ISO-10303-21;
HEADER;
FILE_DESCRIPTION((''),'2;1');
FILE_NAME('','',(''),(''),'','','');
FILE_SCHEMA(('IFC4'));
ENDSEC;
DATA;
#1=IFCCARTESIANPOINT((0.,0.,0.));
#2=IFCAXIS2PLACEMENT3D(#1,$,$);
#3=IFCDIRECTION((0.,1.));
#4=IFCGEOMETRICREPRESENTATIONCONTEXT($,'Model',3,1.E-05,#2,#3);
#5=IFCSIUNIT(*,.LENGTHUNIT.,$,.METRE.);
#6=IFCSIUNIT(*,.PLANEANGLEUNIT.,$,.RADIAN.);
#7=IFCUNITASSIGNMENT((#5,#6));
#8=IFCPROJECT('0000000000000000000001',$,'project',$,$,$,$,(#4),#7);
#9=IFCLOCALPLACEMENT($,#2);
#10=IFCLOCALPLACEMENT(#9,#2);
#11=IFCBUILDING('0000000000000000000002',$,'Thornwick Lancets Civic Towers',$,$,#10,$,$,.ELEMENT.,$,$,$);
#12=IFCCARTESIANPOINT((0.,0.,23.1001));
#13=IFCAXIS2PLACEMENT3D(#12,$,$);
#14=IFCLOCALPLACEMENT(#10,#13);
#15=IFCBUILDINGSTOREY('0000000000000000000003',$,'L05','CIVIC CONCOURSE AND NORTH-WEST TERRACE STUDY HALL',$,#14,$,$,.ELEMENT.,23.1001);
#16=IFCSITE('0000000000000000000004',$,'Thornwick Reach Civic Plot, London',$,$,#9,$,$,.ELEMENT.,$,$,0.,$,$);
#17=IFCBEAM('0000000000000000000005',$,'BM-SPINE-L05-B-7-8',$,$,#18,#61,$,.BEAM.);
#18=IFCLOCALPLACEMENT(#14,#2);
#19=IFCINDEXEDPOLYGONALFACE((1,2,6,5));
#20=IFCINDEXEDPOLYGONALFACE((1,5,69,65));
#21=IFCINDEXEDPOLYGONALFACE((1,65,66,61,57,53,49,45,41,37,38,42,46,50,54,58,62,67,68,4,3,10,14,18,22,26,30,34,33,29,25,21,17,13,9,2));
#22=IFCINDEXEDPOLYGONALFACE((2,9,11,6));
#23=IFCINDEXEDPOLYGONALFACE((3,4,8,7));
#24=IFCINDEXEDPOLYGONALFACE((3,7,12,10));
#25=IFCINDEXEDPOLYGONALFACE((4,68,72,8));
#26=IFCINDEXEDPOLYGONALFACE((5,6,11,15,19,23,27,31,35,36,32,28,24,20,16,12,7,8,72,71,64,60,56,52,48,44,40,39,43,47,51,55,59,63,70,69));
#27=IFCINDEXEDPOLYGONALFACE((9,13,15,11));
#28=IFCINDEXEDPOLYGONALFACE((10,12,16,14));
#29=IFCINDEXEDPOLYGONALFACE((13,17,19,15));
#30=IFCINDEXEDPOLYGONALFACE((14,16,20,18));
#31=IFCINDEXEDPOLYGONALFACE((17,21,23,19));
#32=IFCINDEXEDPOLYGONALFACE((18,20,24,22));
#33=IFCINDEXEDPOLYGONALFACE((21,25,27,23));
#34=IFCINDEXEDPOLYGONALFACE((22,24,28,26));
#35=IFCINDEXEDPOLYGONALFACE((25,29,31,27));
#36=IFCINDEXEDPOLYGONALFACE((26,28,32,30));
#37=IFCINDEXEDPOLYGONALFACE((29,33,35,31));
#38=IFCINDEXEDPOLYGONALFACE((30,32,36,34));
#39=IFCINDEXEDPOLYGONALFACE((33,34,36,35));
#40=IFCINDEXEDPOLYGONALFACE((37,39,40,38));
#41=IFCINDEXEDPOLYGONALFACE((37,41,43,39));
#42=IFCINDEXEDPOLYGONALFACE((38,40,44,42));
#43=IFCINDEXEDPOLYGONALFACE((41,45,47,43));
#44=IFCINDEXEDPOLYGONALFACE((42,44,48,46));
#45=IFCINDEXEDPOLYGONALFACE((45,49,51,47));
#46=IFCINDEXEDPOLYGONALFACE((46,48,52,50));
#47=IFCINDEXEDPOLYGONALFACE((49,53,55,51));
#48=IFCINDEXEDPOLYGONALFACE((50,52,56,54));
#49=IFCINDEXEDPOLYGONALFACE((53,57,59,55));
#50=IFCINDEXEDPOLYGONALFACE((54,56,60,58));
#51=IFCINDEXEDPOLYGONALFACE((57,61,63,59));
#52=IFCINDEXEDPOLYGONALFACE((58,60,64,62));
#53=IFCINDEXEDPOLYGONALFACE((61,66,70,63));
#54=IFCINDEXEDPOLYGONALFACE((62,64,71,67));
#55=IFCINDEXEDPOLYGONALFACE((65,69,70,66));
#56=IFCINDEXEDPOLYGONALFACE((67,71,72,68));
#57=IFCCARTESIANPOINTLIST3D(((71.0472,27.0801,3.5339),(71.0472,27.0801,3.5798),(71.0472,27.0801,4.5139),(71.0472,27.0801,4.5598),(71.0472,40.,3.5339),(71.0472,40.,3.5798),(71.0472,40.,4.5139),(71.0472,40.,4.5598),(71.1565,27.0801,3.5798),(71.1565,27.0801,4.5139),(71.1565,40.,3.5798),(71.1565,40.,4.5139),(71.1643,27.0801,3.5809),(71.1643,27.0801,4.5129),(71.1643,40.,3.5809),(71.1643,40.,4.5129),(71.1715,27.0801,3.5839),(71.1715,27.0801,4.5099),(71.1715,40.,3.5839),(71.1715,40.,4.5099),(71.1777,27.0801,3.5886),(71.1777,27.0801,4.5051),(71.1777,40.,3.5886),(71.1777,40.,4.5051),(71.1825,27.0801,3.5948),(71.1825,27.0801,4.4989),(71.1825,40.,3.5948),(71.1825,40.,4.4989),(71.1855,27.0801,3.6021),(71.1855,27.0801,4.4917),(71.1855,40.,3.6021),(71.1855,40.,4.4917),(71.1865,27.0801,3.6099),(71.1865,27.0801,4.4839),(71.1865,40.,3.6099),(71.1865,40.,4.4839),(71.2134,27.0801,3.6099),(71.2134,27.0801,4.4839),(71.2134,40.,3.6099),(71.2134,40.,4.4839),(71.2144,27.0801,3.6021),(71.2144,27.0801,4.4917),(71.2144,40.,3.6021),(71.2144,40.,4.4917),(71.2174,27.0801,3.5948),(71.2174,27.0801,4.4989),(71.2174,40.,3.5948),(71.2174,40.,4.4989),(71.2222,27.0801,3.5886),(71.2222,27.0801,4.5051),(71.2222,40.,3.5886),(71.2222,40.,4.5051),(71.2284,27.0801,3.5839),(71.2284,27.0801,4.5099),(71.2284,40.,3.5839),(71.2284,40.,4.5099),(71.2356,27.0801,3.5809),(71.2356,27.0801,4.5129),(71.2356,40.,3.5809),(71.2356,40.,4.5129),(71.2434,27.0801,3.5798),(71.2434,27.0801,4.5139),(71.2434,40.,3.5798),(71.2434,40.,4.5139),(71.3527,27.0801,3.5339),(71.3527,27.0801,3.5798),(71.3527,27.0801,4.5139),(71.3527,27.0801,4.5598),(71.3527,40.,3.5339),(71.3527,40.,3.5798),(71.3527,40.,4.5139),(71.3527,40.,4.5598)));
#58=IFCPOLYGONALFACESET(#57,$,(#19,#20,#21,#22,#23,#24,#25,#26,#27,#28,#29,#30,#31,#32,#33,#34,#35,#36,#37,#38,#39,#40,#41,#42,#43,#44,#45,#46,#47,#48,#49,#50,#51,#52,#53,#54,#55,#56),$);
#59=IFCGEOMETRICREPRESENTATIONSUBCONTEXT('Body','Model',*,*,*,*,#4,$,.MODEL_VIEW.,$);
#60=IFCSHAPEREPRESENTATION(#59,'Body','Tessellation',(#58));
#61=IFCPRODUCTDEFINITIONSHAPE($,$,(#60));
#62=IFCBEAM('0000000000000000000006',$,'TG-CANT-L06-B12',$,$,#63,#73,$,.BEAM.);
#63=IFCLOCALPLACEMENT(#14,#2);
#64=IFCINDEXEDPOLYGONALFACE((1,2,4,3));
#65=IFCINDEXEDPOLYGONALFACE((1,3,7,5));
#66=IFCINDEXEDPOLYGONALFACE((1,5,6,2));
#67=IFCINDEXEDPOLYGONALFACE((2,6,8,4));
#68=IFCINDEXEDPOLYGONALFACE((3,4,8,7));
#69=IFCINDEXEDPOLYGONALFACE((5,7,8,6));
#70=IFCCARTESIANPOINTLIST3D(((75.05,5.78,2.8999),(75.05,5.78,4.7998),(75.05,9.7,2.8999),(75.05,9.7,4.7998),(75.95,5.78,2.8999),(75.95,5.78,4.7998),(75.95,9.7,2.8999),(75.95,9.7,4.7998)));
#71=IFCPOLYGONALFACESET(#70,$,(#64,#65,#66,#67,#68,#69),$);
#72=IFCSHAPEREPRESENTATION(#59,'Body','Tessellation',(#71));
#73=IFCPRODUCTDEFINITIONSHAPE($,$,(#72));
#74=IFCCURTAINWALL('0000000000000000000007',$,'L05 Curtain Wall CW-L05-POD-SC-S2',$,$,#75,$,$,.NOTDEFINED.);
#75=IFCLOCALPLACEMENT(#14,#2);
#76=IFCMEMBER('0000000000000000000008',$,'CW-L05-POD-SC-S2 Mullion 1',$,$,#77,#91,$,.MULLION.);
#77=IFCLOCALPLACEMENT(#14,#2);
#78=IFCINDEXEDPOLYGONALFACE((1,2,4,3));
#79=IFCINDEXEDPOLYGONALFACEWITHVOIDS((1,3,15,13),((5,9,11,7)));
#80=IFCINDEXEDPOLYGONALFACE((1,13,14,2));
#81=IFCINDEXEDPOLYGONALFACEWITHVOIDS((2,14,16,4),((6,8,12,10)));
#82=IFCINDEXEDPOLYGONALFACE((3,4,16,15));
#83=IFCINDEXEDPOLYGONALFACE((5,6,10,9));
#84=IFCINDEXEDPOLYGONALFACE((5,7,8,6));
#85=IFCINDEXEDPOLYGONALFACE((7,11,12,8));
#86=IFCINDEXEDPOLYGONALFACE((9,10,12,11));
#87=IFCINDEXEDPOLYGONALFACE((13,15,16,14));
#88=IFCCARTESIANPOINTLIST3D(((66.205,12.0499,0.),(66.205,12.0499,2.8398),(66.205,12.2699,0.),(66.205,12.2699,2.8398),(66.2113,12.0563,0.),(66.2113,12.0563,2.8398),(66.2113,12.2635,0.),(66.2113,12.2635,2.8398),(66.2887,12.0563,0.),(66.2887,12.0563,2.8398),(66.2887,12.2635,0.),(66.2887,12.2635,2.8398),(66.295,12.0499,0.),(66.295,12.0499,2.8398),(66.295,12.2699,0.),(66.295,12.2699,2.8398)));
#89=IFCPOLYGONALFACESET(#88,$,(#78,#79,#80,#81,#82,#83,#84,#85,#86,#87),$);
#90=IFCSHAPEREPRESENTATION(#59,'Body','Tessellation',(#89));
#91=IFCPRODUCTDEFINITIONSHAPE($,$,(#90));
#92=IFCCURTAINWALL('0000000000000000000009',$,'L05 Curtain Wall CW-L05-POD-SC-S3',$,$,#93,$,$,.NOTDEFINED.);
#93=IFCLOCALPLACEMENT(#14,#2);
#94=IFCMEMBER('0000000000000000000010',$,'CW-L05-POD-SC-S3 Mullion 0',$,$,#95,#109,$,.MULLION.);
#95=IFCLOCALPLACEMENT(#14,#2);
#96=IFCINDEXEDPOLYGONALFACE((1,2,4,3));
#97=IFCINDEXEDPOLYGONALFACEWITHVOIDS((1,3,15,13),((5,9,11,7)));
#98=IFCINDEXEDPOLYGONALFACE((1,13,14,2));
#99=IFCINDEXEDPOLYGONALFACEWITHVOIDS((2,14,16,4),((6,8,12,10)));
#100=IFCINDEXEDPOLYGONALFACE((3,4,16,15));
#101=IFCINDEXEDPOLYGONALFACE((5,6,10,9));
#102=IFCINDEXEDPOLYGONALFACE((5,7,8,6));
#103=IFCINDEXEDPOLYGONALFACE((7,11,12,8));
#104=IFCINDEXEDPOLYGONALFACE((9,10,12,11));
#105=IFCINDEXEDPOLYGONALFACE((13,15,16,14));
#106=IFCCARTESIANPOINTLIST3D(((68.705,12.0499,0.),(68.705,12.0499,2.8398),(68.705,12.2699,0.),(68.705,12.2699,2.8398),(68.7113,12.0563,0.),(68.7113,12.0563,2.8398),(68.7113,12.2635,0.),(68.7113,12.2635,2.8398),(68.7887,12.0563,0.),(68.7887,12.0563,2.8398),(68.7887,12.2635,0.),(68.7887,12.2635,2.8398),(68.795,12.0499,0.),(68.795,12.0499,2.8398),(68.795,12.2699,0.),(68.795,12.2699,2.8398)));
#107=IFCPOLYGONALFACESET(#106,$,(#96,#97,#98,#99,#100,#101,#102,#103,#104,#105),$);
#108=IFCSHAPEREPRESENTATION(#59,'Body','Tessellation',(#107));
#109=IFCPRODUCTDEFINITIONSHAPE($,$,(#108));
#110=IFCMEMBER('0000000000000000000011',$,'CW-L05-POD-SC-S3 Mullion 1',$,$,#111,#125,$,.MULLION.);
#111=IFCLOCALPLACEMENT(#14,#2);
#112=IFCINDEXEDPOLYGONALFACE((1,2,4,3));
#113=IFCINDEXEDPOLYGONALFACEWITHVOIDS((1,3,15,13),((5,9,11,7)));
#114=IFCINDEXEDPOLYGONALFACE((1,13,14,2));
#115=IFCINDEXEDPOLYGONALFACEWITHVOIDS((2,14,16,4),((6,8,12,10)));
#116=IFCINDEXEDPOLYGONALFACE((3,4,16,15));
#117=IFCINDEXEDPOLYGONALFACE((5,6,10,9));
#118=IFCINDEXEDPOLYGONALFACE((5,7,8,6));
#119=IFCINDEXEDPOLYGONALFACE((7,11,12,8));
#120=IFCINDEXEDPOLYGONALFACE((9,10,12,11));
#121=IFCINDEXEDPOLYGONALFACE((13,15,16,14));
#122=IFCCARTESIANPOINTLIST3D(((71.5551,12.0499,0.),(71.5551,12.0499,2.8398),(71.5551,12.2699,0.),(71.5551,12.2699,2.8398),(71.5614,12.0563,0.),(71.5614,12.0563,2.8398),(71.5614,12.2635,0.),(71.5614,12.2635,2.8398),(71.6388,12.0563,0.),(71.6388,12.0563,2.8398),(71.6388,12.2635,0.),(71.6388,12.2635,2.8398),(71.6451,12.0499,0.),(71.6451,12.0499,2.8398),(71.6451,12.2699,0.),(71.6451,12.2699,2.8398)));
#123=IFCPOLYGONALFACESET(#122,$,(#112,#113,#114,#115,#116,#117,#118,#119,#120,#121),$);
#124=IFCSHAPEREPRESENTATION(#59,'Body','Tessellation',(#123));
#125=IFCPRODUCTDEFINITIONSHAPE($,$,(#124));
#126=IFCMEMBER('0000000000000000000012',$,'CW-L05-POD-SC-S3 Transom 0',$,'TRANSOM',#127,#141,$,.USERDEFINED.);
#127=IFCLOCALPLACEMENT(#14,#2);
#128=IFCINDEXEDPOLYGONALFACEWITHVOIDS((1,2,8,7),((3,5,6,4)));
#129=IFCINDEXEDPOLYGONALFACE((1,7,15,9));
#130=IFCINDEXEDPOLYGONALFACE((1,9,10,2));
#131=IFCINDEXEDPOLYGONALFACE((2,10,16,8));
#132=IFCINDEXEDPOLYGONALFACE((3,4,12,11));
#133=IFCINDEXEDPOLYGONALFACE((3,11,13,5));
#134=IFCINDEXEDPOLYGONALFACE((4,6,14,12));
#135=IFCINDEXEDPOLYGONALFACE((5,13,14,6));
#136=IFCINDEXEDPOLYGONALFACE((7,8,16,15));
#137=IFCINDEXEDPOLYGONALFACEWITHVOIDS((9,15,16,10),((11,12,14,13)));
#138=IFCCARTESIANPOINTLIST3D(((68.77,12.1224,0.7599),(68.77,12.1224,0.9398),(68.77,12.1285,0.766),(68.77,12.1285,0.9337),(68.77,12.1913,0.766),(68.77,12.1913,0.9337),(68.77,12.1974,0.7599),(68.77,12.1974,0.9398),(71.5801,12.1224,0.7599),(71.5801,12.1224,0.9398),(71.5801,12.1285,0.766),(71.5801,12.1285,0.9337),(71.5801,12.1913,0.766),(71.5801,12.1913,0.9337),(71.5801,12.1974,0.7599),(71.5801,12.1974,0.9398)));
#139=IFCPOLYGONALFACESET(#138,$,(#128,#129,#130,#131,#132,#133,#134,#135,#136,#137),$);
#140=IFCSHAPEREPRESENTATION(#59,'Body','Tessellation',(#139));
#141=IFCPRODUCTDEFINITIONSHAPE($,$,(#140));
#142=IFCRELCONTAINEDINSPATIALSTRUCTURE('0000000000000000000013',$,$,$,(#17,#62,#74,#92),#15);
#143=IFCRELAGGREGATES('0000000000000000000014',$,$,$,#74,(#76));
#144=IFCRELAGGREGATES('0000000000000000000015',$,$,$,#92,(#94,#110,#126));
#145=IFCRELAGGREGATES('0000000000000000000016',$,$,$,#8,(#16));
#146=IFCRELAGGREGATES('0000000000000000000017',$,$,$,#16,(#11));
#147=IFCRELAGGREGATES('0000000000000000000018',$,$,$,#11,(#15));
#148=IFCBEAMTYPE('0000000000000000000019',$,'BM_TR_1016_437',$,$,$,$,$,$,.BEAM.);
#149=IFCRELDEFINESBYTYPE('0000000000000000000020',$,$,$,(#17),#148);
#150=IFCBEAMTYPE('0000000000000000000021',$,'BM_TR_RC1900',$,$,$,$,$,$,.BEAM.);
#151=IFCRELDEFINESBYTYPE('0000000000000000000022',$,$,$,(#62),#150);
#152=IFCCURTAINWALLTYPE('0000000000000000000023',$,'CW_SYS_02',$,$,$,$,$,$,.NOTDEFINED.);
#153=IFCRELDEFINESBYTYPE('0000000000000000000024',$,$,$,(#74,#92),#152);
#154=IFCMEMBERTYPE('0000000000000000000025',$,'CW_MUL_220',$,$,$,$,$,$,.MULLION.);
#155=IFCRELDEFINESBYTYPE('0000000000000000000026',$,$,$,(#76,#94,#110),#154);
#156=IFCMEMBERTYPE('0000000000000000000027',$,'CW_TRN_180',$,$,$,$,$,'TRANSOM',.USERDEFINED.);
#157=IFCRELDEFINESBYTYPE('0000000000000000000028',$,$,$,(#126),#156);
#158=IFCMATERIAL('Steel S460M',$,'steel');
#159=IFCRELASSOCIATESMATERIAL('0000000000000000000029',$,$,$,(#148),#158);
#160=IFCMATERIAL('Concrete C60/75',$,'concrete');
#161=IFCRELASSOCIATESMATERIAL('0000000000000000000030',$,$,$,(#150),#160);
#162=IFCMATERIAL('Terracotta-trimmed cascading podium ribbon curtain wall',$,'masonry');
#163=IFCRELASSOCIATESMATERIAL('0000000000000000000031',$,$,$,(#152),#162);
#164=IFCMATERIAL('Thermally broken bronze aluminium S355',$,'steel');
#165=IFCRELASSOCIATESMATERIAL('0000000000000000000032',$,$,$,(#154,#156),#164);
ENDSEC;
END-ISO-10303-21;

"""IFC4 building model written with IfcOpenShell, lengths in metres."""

from ifc_helpers import new_model, si_unit, direction, frame, origin, origin_2d, place, context, subcontext, project, spatial, rectangle, hollow_rectangle, i_section, extrude, material, material_profile, profile_set, type_object, element, aggregate, save


model = new_model("IFC4")

# Units and contexts
model_context = context("Model", 3, precision=1e-05, world=origin(), true_north=direction((0.0, 1.0)))
body_context = subcontext(model_context, "Body", "Model", "MODEL_VIEW")
ifc_project = project(units=[si_unit("LENGTHUNIT", "METRE"), si_unit("PLANEANGLEUNIT", "RADIAN")], contexts=[model_context])

# Site, building, storey
site_placement = place(None, origin())
site = spatial("IfcSite", under=ifc_project, at=site_placement, Name="Thornwick Reach Civic Plot, London", CompositionType="ELEMENT", RefElevation=0.0)
building_placement = place(site_placement, origin())
building = spatial("IfcBuilding", under=site, at=building_placement, Name="Thornwick Lancets Civic Towers", CompositionType="ELEMENT")
storey_placement = place(building_placement, frame((0.0, 0.0, 23.1001)))
storey = spatial("IfcBuildingStorey", under=building, at=storey_placement, Name="L05", Description="CIVIC CONCOURSE AND NORTH-WEST TERRACE STUDY HALL", CompositionType="ELEMENT", Elevation=23.1001)

# Shared definitions
ifc_material_1 = material(Name="Concrete C60/75", Category="concrete")

# Beams
ifc_material_2 = material(Name="Steel S460M", Category="steel")
ifc_material_profile_1 = material_profile(ifc_material_2, i_section(OverallWidth=0.3054, OverallDepth=1.0259, WebThickness=0.0269, FlangeThickness=0.0459, FilletRadius=0.03, at=origin_2d()), Name="UKB 1016x305x437")
ifc_profile_set_1 = profile_set([ifc_material_profile_1], Name="Steel S460M")
beam_type_1 = type_object("IfcBeamType", Name="BM_TR_1016_437", PredefinedType="BEAM", material=ifc_profile_set_1)
beam_1_placement = place(storey_placement, frame((71.2, 27.0801, 4.0469), z_axis=(0.0, 1.0, 0.0), x_axis=(-1.0, 0.0, 0.0)))
element("IfcBeam", 1, at=beam_1_placement, inside=storey, type_object=beam_type_1, Name="BM-SPINE-L05-B-7-8", PredefinedType="BEAM", context=body_context, shape_type="SweptSolid", body=[
    extrude(i_section(OverallWidth=0.3054, OverallDepth=1.0259, WebThickness=0.0269, FlangeThickness=0.0459, FilletRadius=0.03, at=origin_2d()), origin(), (0.0, 0.0, 1.0), 12.9199),
])
ifc_material_profile_2 = material_profile(ifc_material_1, rectangle(XDim=0.8999, YDim=1.8999, at=origin_2d()), Name="RC 900x1900")
ifc_profile_set_2 = profile_set([ifc_material_profile_2], Name="Concrete C60/75")
beam_type_2 = type_object("IfcBeamType", Name="BM_TR_RC1900", PredefinedType="BEAM", material=ifc_profile_set_2)
beam_2_placement = place(storey_placement, frame((75.5, 9.7, 3.8499), z_axis=(0.0, -1.0, 0.0), x_axis=(1.0, 0.0, 0.0)))
element("IfcBeam", 2, at=beam_2_placement, inside=storey, type_object=beam_type_2, Name="TG-CANT-L06-B12", PredefinedType="BEAM", context=body_context, shape_type="SweptSolid", body=[
    extrude(rectangle(XDim=0.8999, YDim=1.8999, at=origin_2d()), origin(), (0.0, 0.0, 1.0), 3.9199),
])

# Curtain wall, member
ifc_material_3 = material(Name="Terracotta-trimmed cascading podium ribbon curtain wall", Category="masonry")
curtain_wall_type = type_object("IfcCurtainWallType", Name="CW_SYS_02", PredefinedType="NOTDEFINED", material=ifc_material_3)
curtain_wall_1_placement = place(storey_placement, origin())
curtain_wall_1 = element("IfcCurtainWall", 3, at=curtain_wall_1_placement, inside=storey, type_object=curtain_wall_type, Name="L05 Curtain Wall CW-L05-POD-SC-S2", PredefinedType="NOTDEFINED")
ifc_material_4 = material(Name="Thermally broken bronze aluminium S355", Category="steel")
ifc_material_profile_3 = material_profile(ifc_material_4, hollow_rectangle(XDim=0.0901, YDim=0.22, WallThickness=0.0063, at=origin_2d()), Name="RHS 220x90x6.3")
ifc_profile_set_3 = profile_set([ifc_material_profile_3], Name="Thermally broken bronze aluminium S355")
member_type_1 = type_object("IfcMemberType", Name="CW_MUL_220", PredefinedType="MULLION", material=ifc_profile_set_3)
member_1_placement = place(storey_placement, frame((66.25, 12.1599, 0.0), z_axis=(0.0, 0.0, 1.0), x_axis=(1.0, 0.0, 0.0)))
member_1 = element("IfcMember", 4, at=member_1_placement, type_object=member_type_1, Name="CW-L05-POD-SC-S2 Mullion 1", PredefinedType="MULLION", context=body_context, shape_type="SweptSolid", body=[
    extrude(hollow_rectangle(XDim=0.0901, YDim=0.22, WallThickness=0.0063, at=origin_2d()), origin(), (0.0, 0.0, 1.0), 2.8398),
])

# Curtain wall, members
curtain_wall_2_placement = place(storey_placement, origin())
curtain_wall_2 = element("IfcCurtainWall", 5, at=curtain_wall_2_placement, inside=storey, type_object=curtain_wall_type, Name="L05 Curtain Wall CW-L05-POD-SC-S3", PredefinedType="NOTDEFINED")
member_2_placement = place(storey_placement, frame((68.75, 12.1599, 0.0), z_axis=(0.0, 0.0, 1.0), x_axis=(1.0, 0.0, 0.0)))
member_2 = element("IfcMember", 6, at=member_2_placement, type_object=member_type_1, Name="CW-L05-POD-SC-S3 Mullion 0", PredefinedType="MULLION", context=body_context, shape_type="SweptSolid", body=[
    extrude(hollow_rectangle(XDim=0.0901, YDim=0.22, WallThickness=0.0063, at=origin_2d()), origin(), (0.0, 0.0, 1.0), 2.8398),
])
member_3_placement = place(storey_placement, frame((71.6001, 12.1599, 0.0), z_axis=(0.0, 0.0, 1.0), x_axis=(1.0, 0.0, 0.0)))
member_3 = element("IfcMember", 7, at=member_3_placement, type_object=member_type_1, Name="CW-L05-POD-SC-S3 Mullion 1", PredefinedType="MULLION", context=body_context, shape_type="SweptSolid", body=[
    extrude(hollow_rectangle(XDim=0.0901, YDim=0.22, WallThickness=0.0063, at=origin_2d()), origin(), (0.0, 0.0, 1.0), 2.8398),
])
ifc_material_profile_4 = material_profile(ifc_material_4, hollow_rectangle(XDim=0.075, YDim=0.1799, WallThickness=0.0061, at=origin_2d()), Name="RHS 180x75x6")
ifc_profile_set_4 = profile_set([ifc_material_profile_4], Name="Thermally broken bronze aluminium S355")
member_type_2 = type_object("IfcMemberType", Name="CW_TRN_180", ElementType="TRANSOM", PredefinedType="USERDEFINED", material=ifc_profile_set_4)
member_4_placement = place(storey_placement, frame((68.77, 12.1599, 0.8499), z_axis=(1.0, 0.0, 0.0), x_axis=(0.0, 1.0, 0.0)))
member_4 = element("IfcMember", 8, at=member_4_placement, type_object=member_type_2, Name="CW-L05-POD-SC-S3 Transom 0", ObjectType="TRANSOM", PredefinedType="USERDEFINED", context=body_context, shape_type="SweptSolid", body=[
    extrude(hollow_rectangle(XDim=0.075, YDim=0.1799, WallThickness=0.0061, at=origin_2d()), origin(), (0.0, 0.0, 1.0), 2.8101),
])

aggregate(curtain_wall_1, [member_1])
aggregate(curtain_wall_2, [member_2, member_3, member_4])

save(model, "model.ifc")
